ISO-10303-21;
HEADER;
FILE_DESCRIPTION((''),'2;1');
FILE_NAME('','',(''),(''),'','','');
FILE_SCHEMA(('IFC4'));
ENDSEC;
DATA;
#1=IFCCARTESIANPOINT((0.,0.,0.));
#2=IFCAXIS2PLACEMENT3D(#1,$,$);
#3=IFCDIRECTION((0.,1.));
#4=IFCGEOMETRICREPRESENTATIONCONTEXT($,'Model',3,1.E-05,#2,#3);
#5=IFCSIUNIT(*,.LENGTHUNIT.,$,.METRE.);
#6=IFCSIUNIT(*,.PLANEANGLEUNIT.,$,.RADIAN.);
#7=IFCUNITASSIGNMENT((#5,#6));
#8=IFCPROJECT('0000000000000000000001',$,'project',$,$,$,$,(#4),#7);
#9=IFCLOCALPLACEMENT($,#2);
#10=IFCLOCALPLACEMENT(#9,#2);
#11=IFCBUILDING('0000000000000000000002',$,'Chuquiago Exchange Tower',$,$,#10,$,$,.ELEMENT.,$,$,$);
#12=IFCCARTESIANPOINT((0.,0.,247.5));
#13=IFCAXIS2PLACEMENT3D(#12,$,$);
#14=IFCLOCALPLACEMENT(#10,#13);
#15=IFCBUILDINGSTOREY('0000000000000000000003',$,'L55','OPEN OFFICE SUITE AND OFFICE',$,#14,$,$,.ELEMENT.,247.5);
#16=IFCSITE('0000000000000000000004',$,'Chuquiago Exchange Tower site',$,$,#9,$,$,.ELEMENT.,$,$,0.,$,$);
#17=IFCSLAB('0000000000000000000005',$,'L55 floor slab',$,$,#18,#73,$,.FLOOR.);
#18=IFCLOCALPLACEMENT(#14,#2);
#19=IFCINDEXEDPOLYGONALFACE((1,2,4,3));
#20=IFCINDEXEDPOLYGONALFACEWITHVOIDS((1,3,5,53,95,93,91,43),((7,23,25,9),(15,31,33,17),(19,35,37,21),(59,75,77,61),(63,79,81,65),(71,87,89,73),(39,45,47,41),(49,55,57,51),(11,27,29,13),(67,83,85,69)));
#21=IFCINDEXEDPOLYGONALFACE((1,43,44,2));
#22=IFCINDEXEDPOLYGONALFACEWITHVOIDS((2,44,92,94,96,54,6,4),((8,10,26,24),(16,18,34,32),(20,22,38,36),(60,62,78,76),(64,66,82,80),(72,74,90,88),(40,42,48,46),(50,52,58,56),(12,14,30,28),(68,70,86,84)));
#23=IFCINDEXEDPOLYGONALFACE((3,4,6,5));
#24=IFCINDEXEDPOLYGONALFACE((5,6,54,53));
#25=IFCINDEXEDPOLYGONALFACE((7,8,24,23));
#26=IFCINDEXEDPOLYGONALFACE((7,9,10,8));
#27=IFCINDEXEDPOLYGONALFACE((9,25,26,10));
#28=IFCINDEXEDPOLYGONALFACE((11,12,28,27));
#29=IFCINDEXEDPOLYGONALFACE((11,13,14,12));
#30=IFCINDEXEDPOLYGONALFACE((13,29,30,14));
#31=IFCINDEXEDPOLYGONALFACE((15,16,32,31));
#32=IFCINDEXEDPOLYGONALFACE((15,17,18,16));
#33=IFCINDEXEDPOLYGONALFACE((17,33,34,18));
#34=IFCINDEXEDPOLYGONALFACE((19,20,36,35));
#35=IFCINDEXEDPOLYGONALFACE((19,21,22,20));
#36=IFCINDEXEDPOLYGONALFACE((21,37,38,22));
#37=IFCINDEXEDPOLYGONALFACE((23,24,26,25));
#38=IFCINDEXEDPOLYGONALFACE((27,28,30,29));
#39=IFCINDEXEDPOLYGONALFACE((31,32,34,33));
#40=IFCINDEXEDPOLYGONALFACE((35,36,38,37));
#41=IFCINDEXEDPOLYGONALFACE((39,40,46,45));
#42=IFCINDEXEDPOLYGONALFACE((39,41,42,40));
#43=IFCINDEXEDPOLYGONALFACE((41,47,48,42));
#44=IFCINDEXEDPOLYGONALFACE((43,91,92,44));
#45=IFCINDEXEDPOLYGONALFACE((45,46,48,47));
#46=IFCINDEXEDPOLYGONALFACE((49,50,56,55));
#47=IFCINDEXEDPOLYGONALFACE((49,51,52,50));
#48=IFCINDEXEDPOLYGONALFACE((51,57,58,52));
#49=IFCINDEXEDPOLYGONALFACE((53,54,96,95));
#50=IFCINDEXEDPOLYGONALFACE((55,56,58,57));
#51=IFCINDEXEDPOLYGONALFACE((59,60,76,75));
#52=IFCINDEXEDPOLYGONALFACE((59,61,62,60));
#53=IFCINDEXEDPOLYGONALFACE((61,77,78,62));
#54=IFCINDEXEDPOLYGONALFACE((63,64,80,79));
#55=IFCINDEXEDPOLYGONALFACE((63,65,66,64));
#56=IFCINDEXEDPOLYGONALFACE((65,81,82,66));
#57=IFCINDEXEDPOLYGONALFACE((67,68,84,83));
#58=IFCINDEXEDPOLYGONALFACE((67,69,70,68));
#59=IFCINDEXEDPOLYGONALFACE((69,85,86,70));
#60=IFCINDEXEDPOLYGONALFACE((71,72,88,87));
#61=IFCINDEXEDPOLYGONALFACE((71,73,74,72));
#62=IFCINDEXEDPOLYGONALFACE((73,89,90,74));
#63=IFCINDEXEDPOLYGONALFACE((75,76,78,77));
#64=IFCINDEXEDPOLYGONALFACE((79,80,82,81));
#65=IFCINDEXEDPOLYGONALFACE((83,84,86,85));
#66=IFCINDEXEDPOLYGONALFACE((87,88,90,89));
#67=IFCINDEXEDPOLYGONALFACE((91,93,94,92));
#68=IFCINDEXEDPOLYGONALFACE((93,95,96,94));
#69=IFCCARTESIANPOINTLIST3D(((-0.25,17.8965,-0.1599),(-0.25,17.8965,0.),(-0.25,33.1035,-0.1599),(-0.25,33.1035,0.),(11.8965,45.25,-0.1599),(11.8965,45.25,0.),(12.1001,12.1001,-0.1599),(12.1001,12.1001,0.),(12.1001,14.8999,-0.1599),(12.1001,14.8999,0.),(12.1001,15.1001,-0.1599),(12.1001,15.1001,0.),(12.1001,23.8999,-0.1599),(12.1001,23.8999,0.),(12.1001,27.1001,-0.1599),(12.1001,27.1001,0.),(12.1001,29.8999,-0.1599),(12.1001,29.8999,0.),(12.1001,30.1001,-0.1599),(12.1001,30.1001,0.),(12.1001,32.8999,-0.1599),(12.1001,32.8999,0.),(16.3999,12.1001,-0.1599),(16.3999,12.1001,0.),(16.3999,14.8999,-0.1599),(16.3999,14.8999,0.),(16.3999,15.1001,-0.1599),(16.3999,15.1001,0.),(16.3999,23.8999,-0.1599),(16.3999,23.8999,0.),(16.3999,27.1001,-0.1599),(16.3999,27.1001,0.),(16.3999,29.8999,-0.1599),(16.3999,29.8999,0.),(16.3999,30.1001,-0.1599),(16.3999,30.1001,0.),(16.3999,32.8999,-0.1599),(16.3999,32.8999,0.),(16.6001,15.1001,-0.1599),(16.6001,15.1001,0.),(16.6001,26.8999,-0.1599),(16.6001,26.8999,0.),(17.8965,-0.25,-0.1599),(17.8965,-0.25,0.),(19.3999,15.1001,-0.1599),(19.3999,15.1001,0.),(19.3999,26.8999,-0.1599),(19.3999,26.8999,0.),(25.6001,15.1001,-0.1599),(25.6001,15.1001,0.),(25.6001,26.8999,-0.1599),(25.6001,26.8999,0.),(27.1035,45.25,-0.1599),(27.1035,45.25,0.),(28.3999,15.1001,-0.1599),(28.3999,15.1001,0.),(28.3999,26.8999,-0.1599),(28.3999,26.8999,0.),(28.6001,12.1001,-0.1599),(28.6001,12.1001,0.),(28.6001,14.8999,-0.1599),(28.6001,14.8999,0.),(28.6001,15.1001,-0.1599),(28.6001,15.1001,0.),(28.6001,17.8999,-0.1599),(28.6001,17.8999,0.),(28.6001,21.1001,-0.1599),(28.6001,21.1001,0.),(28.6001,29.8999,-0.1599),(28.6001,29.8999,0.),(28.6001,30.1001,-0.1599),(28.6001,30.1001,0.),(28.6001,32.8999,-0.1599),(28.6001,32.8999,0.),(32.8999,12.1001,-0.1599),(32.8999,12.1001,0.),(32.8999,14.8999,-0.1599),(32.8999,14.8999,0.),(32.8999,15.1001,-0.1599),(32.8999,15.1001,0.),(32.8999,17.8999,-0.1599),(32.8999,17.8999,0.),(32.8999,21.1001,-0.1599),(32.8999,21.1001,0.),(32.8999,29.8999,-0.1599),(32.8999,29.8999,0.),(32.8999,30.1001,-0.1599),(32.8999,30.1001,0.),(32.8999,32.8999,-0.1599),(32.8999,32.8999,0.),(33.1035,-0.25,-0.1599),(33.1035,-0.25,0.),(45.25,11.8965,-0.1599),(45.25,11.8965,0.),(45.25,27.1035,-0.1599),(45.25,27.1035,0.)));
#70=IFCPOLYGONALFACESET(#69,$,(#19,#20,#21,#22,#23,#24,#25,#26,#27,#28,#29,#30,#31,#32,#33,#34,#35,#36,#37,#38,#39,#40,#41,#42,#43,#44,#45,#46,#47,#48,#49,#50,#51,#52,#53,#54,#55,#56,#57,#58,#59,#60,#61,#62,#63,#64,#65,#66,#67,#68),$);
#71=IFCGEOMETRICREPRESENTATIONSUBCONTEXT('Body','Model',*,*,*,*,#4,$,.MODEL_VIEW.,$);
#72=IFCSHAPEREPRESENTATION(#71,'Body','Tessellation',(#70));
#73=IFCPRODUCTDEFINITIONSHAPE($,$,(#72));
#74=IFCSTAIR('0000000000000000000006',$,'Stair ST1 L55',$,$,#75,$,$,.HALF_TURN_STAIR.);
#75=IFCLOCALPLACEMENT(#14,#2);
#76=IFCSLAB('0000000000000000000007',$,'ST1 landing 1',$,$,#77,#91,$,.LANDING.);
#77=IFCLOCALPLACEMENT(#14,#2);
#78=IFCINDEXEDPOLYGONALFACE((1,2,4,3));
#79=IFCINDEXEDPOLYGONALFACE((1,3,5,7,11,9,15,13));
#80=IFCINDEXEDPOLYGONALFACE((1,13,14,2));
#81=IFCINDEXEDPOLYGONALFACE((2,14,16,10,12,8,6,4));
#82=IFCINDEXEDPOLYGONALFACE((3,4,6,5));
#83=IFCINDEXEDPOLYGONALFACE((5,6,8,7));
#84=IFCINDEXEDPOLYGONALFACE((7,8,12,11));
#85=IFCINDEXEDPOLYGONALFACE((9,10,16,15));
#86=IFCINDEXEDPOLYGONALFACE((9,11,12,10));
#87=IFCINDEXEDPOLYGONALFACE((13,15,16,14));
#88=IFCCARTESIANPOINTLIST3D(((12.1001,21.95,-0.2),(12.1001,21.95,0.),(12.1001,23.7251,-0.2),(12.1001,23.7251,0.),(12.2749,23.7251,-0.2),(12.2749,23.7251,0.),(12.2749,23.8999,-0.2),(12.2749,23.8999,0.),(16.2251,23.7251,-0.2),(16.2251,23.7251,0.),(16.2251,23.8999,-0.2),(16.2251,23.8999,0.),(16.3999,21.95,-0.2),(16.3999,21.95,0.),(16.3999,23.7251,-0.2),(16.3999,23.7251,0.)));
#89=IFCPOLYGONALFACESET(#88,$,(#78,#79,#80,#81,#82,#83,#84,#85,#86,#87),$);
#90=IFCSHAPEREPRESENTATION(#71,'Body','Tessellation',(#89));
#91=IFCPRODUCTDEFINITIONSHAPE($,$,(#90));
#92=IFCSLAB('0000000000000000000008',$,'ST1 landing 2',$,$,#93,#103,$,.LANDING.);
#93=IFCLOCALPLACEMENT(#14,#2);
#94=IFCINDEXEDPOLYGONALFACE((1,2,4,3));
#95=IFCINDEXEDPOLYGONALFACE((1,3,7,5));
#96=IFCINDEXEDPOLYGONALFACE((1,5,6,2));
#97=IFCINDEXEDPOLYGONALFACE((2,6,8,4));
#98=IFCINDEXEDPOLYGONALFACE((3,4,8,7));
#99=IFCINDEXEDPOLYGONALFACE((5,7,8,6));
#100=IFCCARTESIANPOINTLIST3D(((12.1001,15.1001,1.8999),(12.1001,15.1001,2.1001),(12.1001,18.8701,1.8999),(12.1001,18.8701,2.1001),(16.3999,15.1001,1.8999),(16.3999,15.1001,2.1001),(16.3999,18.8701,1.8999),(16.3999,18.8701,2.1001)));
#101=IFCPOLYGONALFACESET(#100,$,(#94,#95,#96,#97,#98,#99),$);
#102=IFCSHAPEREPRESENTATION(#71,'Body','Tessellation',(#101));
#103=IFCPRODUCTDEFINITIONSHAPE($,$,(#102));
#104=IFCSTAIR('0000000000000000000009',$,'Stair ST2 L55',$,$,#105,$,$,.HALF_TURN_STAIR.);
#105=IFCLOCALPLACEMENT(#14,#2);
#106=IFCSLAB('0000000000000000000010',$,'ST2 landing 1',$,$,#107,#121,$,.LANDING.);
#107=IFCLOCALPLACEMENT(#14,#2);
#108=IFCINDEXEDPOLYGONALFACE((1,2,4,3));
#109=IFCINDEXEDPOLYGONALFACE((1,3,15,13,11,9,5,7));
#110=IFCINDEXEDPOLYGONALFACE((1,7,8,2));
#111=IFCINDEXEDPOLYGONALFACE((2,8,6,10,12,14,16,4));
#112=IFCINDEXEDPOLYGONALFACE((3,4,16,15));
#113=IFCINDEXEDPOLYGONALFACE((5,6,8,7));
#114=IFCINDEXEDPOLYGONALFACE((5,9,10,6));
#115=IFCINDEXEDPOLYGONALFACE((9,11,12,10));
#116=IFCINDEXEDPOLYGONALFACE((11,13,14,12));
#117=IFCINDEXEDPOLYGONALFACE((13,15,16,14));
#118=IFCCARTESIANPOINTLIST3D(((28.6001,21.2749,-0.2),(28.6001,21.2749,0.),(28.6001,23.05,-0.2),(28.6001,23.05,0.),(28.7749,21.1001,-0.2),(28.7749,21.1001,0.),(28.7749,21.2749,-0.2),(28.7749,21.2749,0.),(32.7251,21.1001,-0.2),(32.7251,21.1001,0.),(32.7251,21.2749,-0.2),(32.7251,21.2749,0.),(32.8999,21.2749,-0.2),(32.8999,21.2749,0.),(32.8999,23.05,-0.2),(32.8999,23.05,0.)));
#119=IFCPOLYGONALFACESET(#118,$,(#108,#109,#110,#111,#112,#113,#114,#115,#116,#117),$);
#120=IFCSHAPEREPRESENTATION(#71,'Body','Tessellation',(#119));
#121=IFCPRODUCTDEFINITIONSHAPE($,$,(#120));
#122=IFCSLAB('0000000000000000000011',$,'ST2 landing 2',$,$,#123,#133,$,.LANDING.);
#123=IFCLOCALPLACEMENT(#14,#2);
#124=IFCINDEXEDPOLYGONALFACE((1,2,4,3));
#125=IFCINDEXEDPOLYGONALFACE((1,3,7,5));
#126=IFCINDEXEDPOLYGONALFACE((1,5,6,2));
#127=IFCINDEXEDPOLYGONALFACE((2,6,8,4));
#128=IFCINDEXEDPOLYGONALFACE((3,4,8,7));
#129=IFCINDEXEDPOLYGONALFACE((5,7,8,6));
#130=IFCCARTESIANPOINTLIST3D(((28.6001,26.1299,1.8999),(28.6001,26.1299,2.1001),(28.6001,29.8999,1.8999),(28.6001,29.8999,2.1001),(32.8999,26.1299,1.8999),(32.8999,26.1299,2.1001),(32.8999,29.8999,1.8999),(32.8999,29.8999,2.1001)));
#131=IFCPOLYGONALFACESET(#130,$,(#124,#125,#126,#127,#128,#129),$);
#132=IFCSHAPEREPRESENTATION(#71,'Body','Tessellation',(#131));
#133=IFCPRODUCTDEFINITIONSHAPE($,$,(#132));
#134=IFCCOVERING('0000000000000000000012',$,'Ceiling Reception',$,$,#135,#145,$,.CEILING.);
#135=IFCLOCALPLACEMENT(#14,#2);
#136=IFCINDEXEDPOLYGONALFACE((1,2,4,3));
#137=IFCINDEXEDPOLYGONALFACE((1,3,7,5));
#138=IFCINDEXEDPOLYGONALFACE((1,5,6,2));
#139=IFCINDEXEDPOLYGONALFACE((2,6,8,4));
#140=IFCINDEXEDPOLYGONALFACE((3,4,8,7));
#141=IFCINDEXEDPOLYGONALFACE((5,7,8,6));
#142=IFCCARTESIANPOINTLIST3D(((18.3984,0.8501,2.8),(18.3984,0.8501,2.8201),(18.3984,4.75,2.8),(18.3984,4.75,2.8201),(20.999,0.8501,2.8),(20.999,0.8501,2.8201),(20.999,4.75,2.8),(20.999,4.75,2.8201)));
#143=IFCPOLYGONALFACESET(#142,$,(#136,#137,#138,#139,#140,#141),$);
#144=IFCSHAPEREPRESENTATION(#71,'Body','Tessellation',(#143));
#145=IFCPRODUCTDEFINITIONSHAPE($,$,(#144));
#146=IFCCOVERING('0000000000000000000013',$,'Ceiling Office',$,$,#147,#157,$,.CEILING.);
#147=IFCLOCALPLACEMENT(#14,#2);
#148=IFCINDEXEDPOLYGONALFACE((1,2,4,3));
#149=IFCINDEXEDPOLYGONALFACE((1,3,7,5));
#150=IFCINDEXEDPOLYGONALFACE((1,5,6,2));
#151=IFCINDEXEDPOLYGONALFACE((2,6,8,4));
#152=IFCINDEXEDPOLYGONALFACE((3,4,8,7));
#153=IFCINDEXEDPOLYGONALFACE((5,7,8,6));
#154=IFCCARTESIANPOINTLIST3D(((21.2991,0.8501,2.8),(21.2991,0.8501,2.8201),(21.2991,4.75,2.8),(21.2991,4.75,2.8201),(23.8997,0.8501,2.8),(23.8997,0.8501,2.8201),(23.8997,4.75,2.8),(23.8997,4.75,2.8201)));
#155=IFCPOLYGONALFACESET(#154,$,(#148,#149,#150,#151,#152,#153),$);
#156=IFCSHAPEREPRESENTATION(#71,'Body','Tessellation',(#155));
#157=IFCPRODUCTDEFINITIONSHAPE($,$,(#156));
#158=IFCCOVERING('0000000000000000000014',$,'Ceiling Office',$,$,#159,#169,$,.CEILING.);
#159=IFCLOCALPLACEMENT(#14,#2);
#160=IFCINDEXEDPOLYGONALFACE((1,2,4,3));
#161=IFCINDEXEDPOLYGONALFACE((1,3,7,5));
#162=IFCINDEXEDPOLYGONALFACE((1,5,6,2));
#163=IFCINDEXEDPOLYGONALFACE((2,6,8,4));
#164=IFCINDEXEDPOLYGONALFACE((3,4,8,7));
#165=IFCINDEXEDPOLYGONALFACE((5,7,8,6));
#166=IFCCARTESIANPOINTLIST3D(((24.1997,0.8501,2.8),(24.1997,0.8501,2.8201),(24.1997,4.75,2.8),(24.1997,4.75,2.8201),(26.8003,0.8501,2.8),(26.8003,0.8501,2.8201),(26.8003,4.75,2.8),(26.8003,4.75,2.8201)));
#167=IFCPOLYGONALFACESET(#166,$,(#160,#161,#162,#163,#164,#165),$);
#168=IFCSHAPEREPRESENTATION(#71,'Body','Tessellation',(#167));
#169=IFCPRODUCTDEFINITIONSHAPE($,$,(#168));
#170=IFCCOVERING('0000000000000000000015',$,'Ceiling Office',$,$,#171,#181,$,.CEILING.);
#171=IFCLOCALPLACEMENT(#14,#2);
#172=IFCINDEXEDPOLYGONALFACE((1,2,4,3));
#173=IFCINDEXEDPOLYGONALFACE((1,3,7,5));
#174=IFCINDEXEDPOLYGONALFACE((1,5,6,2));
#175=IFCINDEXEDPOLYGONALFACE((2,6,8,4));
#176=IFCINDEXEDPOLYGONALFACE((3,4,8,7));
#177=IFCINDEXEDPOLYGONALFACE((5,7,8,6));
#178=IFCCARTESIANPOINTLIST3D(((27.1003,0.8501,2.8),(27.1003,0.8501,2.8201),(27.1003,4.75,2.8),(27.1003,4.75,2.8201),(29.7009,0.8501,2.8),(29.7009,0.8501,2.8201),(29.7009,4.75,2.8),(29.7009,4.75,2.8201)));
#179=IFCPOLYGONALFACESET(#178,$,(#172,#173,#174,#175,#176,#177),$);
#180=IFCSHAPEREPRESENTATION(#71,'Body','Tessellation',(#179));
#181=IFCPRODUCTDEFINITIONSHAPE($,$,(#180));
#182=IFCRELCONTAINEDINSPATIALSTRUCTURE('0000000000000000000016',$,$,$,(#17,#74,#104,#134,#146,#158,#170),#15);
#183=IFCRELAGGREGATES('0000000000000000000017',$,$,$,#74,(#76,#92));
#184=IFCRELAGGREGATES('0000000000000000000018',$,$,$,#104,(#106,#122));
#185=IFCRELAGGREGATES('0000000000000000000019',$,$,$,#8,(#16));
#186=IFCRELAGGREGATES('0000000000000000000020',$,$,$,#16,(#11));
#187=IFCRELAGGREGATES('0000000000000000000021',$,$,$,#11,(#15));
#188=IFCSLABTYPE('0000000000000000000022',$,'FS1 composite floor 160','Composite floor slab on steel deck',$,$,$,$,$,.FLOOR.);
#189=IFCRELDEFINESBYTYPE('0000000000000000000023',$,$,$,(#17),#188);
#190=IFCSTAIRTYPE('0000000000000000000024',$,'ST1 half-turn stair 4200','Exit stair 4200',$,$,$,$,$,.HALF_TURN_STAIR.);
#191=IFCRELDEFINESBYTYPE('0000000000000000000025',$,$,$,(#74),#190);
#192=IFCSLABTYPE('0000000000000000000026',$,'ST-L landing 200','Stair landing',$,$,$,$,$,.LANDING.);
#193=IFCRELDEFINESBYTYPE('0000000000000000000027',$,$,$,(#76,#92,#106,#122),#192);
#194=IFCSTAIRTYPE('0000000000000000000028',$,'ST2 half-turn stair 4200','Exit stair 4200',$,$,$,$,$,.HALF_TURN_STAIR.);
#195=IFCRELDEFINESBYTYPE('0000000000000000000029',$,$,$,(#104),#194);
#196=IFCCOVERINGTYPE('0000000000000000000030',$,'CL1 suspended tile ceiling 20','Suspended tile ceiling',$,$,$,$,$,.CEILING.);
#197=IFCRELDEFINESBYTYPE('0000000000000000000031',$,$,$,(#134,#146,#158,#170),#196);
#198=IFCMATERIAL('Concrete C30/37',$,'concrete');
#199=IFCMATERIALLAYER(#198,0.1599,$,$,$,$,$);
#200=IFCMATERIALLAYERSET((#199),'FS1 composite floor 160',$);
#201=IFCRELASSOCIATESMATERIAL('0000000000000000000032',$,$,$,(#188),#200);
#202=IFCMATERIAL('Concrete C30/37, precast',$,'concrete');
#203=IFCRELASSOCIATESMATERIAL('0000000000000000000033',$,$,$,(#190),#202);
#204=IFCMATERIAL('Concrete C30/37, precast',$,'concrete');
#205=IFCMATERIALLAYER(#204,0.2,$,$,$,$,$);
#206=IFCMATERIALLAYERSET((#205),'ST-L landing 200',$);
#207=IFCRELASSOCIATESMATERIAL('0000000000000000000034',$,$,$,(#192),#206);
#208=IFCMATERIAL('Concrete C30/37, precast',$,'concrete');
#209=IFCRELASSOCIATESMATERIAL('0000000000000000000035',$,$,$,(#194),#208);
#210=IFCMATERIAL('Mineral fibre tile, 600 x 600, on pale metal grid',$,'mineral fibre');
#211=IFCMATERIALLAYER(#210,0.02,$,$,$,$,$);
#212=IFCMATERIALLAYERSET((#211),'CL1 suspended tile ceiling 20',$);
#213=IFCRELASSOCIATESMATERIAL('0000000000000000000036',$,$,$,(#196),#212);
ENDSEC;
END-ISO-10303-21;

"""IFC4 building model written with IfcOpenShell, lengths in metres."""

from ifc_helpers import new_model, si_unit, direction, frame, origin, place, context, subcontext, project, spatial, polyline, outline, extrude, material, layer, layer_set, type_object, element, aggregate, save


model = new_model("IFC4")

# Units and contexts
model_context = context("Model", 3, precision=1e-05, world=origin(), true_north=direction((0.0, 1.0)))
body_context = subcontext(model_context, "Body", "Model", "MODEL_VIEW")
ifc_project = project(units=[si_unit("LENGTHUNIT", "METRE"), si_unit("PLANEANGLEUNIT", "RADIAN")], contexts=[model_context])

# Site, building, storey
site_placement = place(None, origin())
site = spatial("IfcSite", under=ifc_project, at=site_placement, Name="Chuquiago Exchange Tower site", CompositionType="ELEMENT", RefElevation=0.0)
building_placement = place(site_placement, origin())
building = spatial("IfcBuilding", under=site, at=building_placement, Name="Chuquiago Exchange Tower", CompositionType="ELEMENT")
storey_placement = place(building_placement, frame((0.0, 0.0, 247.5)))
storey = spatial("IfcBuildingStorey", under=building, at=storey_placement, Name="L55", Description="OPEN OFFICE SUITE AND OFFICE", CompositionType="ELEMENT", Elevation=247.5)

# Slab
ifc_material_1 = material(Name="Concrete C30/37", Category="concrete")
ifc_layer_1 = layer(ifc_material_1, 0.1599)
ifc_layer_set_1 = layer_set([ifc_layer_1], Name="FS1 composite floor 160")
slab_type_1 = type_object("IfcSlabType", Name="FS1 composite floor 160", Description="Composite floor slab on steel deck", PredefinedType="FLOOR", material=ifc_layer_set_1)
slab_1_placement = place(storey_placement, frame((0.0, 0.0, -0.1599)))
element("IfcSlab", 1, at=slab_1_placement, inside=storey, type_object=slab_type_1, Name="L55 floor slab", PredefinedType="FLOOR", context=body_context, shape_type="SweptSolid", body=[
    extrude(outline(polyline([(17.8965, -0.25), (-0.25, 17.8965), (-0.25, 33.1035), (11.8965, 45.25), (27.1035, 45.25), (45.25, 27.1035), (45.25, 11.8965), (33.1035, -0.25), (17.8965, -0.25)]), holes=[polyline([(16.3999, 15.1001), (12.1001, 15.1001), (12.1001, 23.8999), (16.3999, 23.8999), (16.3999, 15.1001)]), polyline([(32.8999, 21.1001), (28.6001, 21.1001), (28.6001, 29.8999), (32.8999, 29.8999), (32.8999, 21.1001)]), polyline([(16.3999, 12.1001), (12.1001, 12.1001), (12.1001, 14.8999), (16.3999, 14.8999), (16.3999, 12.1001)]), polyline([(16.3999, 30.1001), (12.1001, 30.1001), (12.1001, 32.8999), (16.3999, 32.8999), (16.3999, 30.1001)]), polyline([(32.8999, 12.1001), (28.6001, 12.1001), (28.6001, 14.8999), (32.8999, 14.8999), (32.8999, 12.1001)]), polyline([(32.8999, 30.1001), (28.6001, 30.1001), (28.6001, 32.8999), (32.8999, 32.8999), (32.8999, 30.1001)]), polyline([(16.3999, 27.1001), (12.1001, 27.1001), (12.1001, 29.8999), (16.3999, 29.8999), (16.3999, 27.1001)]), polyline([(32.8999, 15.1001), (28.6001, 15.1001), (28.6001, 17.8999), (32.8999, 17.8999), (32.8999, 15.1001)]), polyline([(19.3999, 15.1001), (16.6001, 15.1001), (16.6001, 26.8999), (19.3999, 26.8999), (19.3999, 15.1001)]), polyline([(28.3999, 15.1001), (25.6001, 15.1001), (25.6001, 26.8999), (28.3999, 26.8999), (28.3999, 15.1001)])]), origin(), (0.0, 0.0, 1.0), 0.1599),
])

# Stairs, slabs
ifc_material_2 = material(Name="Concrete C30/37, precast", Category="concrete")
stair_type_1 = type_object("IfcStairType", Name="ST1 half-turn stair 4200", Description="Exit stair 4200", PredefinedType="HALF_TURN_STAIR", material=ifc_material_2)
stair_1_placement = place(storey_placement, origin())
stair_1 = element("IfcStair", 2, at=stair_1_placement, inside=storey, type_object=stair_type_1, Name="Stair ST1 L55", PredefinedType="HALF_TURN_STAIR")
ifc_material_3 = material(Name="Concrete C30/37, precast", Category="concrete")
ifc_layer_2 = layer(ifc_material_3, 0.2)
ifc_layer_set_2 = layer_set([ifc_layer_2], Name="ST-L landing 200")
slab_type_2 = type_object("IfcSlabType", Name="ST-L landing 200", Description="Stair landing", PredefinedType="LANDING", material=ifc_layer_set_2)
slab_2_placement = place(storey_placement, frame((0.0, 0.0, -0.2)))
slab_2 = element("IfcSlab", 3, at=slab_2_placement, type_object=slab_type_2, Name="ST1 landing 1", PredefinedType="LANDING", context=body_context, shape_type="SweptSolid", body=[
    extrude(outline(polyline([(12.2749, 23.8999), (16.2251, 23.8999), (16.2251, 23.7251), (16.3999, 23.7251), (16.3999, 21.95), (12.1001, 21.95), (12.1001, 23.7251), (12.2749, 23.7251), (12.2749, 23.8999)])), origin(), (0.0, 0.0, 1.0), 0.2),
])
slab_3_placement = place(storey_placement, frame((0.0, 0.0, 1.8999)))
slab_3 = element("IfcSlab", 4, at=slab_3_placement, type_object=slab_type_2, Name="ST1 landing 2", PredefinedType="LANDING", context=body_context, shape_type="SweptSolid", body=[
    extrude(outline(polyline([(12.1001, 18.8701), (16.3999, 18.8701), (16.3999, 15.1001), (12.1001, 15.1001), (12.1001, 18.8701)])), origin(), (0.0, 0.0, 1.0), 0.2002),
])
aggregate(stair_1, [slab_2, slab_3])
ifc_material_4 = material(Name="Concrete C30/37, precast", Category="concrete")
stair_type_2 = type_object("IfcStairType", Name="ST2 half-turn stair 4200", Description="Exit stair 4200", PredefinedType="HALF_TURN_STAIR", material=ifc_material_4)
stair_2_placement = place(storey_placement, origin())
stair_2 = element("IfcStair", 5, at=stair_2_placement, inside=storey, type_object=stair_type_2, Name="Stair ST2 L55", PredefinedType="HALF_TURN_STAIR")
slab_4_placement = place(storey_placement, frame((0.0, 0.0, -0.2)))
slab_4 = element("IfcSlab", 6, at=slab_4_placement, type_object=slab_type_2, Name="ST2 landing 1", PredefinedType="LANDING", context=body_context, shape_type="SweptSolid", body=[
    extrude(outline(polyline([(32.7251, 21.2749), (32.7251, 21.1001), (28.7749, 21.1001), (28.7749, 21.2749), (28.6001, 21.2749), (28.6001, 23.05), (32.8999, 23.05), (32.8999, 21.2749), (32.7251, 21.2749)])), origin(), (0.0, 0.0, 1.0), 0.2),
])
slab_5_placement = place(storey_placement, frame((0.0, 0.0, 1.8999)))
slab_5 = element("IfcSlab", 7, at=slab_5_placement, type_object=slab_type_2, Name="ST2 landing 2", PredefinedType="LANDING", context=body_context, shape_type="SweptSolid", body=[
    extrude(outline(polyline([(28.6001, 29.8999), (32.8999, 29.8999), (32.8999, 26.1299), (28.6001, 26.1299), (28.6001, 29.8999)])), origin(), (0.0, 0.0, 1.0), 0.2002),
])
aggregate(stair_2, [slab_4, slab_5])

# Coverings
ifc_material_5 = material(Name="Mineral fibre tile, 600 x 600, on pale metal grid", Category="mineral fibre")
ifc_layer_3 = layer(ifc_material_5, 0.02)
ifc_layer_set_3 = layer_set([ifc_layer_3], Name="CL1 suspended tile ceiling 20")
covering_type_1 = type_object("IfcCoveringType", Name="CL1 suspended tile ceiling 20", Description="Suspended tile ceiling", PredefinedType="CEILING", material=ifc_layer_set_3)
covering_1_placement = place(storey_placement, frame((0.0, 0.0, 2.8)))
element("IfcCovering", 8, at=covering_1_placement, inside=storey, type_object=covering_type_1, Name="Ceiling Reception", PredefinedType="CEILING", context=body_context, shape_type="SweptSolid", body=[
    extrude(outline(polyline([(18.3984, 4.75), (20.999, 4.75), (20.999, 0.8501), (18.3984, 0.8501), (18.3984, 4.75)])), origin(), (0.0, 0.0, 1.0), 0.02),
])
covering_2_placement = place(storey_placement, frame((0.0, 0.0, 2.8)))
element("IfcCovering", 9, at=covering_2_placement, inside=storey, type_object=covering_type_1, Name="Ceiling Office", PredefinedType="CEILING", context=body_context, shape_type="SweptSolid", body=[
    extrude(outline(polyline([(21.2991, 4.75), (23.8997, 4.75), (23.8997, 0.8501), (21.2991, 0.8501), (21.2991, 4.75)])), origin(), (0.0, 0.0, 1.0), 0.02),
])
covering_3_placement = place(storey_placement, frame((0.0, 0.0, 2.8)))
element("IfcCovering", 10, at=covering_3_placement, inside=storey, type_object=covering_type_1, Name="Ceiling Office", PredefinedType="CEILING", context=body_context, shape_type="SweptSolid", body=[
    extrude(outline(polyline([(24.1997, 4.75), (26.8003, 4.75), (26.8003, 0.8501), (24.1997, 0.8501), (24.1997, 4.75)])), origin(), (0.0, 0.0, 1.0), 0.02),
])
covering_4_placement = place(storey_placement, frame((0.0, 0.0, 2.8)))
element("IfcCovering", 11, at=covering_4_placement, inside=storey, type_object=covering_type_1, Name="Ceiling Office", PredefinedType="CEILING", context=body_context, shape_type="SweptSolid", body=[
    extrude(outline(polyline([(27.1003, 4.75), (29.7009, 4.75), (29.7009, 0.8501), (27.1003, 0.8501), (27.1003, 4.75)])), origin(), (0.0, 0.0, 1.0), 0.02),
])

save(model, "model.ifc")
